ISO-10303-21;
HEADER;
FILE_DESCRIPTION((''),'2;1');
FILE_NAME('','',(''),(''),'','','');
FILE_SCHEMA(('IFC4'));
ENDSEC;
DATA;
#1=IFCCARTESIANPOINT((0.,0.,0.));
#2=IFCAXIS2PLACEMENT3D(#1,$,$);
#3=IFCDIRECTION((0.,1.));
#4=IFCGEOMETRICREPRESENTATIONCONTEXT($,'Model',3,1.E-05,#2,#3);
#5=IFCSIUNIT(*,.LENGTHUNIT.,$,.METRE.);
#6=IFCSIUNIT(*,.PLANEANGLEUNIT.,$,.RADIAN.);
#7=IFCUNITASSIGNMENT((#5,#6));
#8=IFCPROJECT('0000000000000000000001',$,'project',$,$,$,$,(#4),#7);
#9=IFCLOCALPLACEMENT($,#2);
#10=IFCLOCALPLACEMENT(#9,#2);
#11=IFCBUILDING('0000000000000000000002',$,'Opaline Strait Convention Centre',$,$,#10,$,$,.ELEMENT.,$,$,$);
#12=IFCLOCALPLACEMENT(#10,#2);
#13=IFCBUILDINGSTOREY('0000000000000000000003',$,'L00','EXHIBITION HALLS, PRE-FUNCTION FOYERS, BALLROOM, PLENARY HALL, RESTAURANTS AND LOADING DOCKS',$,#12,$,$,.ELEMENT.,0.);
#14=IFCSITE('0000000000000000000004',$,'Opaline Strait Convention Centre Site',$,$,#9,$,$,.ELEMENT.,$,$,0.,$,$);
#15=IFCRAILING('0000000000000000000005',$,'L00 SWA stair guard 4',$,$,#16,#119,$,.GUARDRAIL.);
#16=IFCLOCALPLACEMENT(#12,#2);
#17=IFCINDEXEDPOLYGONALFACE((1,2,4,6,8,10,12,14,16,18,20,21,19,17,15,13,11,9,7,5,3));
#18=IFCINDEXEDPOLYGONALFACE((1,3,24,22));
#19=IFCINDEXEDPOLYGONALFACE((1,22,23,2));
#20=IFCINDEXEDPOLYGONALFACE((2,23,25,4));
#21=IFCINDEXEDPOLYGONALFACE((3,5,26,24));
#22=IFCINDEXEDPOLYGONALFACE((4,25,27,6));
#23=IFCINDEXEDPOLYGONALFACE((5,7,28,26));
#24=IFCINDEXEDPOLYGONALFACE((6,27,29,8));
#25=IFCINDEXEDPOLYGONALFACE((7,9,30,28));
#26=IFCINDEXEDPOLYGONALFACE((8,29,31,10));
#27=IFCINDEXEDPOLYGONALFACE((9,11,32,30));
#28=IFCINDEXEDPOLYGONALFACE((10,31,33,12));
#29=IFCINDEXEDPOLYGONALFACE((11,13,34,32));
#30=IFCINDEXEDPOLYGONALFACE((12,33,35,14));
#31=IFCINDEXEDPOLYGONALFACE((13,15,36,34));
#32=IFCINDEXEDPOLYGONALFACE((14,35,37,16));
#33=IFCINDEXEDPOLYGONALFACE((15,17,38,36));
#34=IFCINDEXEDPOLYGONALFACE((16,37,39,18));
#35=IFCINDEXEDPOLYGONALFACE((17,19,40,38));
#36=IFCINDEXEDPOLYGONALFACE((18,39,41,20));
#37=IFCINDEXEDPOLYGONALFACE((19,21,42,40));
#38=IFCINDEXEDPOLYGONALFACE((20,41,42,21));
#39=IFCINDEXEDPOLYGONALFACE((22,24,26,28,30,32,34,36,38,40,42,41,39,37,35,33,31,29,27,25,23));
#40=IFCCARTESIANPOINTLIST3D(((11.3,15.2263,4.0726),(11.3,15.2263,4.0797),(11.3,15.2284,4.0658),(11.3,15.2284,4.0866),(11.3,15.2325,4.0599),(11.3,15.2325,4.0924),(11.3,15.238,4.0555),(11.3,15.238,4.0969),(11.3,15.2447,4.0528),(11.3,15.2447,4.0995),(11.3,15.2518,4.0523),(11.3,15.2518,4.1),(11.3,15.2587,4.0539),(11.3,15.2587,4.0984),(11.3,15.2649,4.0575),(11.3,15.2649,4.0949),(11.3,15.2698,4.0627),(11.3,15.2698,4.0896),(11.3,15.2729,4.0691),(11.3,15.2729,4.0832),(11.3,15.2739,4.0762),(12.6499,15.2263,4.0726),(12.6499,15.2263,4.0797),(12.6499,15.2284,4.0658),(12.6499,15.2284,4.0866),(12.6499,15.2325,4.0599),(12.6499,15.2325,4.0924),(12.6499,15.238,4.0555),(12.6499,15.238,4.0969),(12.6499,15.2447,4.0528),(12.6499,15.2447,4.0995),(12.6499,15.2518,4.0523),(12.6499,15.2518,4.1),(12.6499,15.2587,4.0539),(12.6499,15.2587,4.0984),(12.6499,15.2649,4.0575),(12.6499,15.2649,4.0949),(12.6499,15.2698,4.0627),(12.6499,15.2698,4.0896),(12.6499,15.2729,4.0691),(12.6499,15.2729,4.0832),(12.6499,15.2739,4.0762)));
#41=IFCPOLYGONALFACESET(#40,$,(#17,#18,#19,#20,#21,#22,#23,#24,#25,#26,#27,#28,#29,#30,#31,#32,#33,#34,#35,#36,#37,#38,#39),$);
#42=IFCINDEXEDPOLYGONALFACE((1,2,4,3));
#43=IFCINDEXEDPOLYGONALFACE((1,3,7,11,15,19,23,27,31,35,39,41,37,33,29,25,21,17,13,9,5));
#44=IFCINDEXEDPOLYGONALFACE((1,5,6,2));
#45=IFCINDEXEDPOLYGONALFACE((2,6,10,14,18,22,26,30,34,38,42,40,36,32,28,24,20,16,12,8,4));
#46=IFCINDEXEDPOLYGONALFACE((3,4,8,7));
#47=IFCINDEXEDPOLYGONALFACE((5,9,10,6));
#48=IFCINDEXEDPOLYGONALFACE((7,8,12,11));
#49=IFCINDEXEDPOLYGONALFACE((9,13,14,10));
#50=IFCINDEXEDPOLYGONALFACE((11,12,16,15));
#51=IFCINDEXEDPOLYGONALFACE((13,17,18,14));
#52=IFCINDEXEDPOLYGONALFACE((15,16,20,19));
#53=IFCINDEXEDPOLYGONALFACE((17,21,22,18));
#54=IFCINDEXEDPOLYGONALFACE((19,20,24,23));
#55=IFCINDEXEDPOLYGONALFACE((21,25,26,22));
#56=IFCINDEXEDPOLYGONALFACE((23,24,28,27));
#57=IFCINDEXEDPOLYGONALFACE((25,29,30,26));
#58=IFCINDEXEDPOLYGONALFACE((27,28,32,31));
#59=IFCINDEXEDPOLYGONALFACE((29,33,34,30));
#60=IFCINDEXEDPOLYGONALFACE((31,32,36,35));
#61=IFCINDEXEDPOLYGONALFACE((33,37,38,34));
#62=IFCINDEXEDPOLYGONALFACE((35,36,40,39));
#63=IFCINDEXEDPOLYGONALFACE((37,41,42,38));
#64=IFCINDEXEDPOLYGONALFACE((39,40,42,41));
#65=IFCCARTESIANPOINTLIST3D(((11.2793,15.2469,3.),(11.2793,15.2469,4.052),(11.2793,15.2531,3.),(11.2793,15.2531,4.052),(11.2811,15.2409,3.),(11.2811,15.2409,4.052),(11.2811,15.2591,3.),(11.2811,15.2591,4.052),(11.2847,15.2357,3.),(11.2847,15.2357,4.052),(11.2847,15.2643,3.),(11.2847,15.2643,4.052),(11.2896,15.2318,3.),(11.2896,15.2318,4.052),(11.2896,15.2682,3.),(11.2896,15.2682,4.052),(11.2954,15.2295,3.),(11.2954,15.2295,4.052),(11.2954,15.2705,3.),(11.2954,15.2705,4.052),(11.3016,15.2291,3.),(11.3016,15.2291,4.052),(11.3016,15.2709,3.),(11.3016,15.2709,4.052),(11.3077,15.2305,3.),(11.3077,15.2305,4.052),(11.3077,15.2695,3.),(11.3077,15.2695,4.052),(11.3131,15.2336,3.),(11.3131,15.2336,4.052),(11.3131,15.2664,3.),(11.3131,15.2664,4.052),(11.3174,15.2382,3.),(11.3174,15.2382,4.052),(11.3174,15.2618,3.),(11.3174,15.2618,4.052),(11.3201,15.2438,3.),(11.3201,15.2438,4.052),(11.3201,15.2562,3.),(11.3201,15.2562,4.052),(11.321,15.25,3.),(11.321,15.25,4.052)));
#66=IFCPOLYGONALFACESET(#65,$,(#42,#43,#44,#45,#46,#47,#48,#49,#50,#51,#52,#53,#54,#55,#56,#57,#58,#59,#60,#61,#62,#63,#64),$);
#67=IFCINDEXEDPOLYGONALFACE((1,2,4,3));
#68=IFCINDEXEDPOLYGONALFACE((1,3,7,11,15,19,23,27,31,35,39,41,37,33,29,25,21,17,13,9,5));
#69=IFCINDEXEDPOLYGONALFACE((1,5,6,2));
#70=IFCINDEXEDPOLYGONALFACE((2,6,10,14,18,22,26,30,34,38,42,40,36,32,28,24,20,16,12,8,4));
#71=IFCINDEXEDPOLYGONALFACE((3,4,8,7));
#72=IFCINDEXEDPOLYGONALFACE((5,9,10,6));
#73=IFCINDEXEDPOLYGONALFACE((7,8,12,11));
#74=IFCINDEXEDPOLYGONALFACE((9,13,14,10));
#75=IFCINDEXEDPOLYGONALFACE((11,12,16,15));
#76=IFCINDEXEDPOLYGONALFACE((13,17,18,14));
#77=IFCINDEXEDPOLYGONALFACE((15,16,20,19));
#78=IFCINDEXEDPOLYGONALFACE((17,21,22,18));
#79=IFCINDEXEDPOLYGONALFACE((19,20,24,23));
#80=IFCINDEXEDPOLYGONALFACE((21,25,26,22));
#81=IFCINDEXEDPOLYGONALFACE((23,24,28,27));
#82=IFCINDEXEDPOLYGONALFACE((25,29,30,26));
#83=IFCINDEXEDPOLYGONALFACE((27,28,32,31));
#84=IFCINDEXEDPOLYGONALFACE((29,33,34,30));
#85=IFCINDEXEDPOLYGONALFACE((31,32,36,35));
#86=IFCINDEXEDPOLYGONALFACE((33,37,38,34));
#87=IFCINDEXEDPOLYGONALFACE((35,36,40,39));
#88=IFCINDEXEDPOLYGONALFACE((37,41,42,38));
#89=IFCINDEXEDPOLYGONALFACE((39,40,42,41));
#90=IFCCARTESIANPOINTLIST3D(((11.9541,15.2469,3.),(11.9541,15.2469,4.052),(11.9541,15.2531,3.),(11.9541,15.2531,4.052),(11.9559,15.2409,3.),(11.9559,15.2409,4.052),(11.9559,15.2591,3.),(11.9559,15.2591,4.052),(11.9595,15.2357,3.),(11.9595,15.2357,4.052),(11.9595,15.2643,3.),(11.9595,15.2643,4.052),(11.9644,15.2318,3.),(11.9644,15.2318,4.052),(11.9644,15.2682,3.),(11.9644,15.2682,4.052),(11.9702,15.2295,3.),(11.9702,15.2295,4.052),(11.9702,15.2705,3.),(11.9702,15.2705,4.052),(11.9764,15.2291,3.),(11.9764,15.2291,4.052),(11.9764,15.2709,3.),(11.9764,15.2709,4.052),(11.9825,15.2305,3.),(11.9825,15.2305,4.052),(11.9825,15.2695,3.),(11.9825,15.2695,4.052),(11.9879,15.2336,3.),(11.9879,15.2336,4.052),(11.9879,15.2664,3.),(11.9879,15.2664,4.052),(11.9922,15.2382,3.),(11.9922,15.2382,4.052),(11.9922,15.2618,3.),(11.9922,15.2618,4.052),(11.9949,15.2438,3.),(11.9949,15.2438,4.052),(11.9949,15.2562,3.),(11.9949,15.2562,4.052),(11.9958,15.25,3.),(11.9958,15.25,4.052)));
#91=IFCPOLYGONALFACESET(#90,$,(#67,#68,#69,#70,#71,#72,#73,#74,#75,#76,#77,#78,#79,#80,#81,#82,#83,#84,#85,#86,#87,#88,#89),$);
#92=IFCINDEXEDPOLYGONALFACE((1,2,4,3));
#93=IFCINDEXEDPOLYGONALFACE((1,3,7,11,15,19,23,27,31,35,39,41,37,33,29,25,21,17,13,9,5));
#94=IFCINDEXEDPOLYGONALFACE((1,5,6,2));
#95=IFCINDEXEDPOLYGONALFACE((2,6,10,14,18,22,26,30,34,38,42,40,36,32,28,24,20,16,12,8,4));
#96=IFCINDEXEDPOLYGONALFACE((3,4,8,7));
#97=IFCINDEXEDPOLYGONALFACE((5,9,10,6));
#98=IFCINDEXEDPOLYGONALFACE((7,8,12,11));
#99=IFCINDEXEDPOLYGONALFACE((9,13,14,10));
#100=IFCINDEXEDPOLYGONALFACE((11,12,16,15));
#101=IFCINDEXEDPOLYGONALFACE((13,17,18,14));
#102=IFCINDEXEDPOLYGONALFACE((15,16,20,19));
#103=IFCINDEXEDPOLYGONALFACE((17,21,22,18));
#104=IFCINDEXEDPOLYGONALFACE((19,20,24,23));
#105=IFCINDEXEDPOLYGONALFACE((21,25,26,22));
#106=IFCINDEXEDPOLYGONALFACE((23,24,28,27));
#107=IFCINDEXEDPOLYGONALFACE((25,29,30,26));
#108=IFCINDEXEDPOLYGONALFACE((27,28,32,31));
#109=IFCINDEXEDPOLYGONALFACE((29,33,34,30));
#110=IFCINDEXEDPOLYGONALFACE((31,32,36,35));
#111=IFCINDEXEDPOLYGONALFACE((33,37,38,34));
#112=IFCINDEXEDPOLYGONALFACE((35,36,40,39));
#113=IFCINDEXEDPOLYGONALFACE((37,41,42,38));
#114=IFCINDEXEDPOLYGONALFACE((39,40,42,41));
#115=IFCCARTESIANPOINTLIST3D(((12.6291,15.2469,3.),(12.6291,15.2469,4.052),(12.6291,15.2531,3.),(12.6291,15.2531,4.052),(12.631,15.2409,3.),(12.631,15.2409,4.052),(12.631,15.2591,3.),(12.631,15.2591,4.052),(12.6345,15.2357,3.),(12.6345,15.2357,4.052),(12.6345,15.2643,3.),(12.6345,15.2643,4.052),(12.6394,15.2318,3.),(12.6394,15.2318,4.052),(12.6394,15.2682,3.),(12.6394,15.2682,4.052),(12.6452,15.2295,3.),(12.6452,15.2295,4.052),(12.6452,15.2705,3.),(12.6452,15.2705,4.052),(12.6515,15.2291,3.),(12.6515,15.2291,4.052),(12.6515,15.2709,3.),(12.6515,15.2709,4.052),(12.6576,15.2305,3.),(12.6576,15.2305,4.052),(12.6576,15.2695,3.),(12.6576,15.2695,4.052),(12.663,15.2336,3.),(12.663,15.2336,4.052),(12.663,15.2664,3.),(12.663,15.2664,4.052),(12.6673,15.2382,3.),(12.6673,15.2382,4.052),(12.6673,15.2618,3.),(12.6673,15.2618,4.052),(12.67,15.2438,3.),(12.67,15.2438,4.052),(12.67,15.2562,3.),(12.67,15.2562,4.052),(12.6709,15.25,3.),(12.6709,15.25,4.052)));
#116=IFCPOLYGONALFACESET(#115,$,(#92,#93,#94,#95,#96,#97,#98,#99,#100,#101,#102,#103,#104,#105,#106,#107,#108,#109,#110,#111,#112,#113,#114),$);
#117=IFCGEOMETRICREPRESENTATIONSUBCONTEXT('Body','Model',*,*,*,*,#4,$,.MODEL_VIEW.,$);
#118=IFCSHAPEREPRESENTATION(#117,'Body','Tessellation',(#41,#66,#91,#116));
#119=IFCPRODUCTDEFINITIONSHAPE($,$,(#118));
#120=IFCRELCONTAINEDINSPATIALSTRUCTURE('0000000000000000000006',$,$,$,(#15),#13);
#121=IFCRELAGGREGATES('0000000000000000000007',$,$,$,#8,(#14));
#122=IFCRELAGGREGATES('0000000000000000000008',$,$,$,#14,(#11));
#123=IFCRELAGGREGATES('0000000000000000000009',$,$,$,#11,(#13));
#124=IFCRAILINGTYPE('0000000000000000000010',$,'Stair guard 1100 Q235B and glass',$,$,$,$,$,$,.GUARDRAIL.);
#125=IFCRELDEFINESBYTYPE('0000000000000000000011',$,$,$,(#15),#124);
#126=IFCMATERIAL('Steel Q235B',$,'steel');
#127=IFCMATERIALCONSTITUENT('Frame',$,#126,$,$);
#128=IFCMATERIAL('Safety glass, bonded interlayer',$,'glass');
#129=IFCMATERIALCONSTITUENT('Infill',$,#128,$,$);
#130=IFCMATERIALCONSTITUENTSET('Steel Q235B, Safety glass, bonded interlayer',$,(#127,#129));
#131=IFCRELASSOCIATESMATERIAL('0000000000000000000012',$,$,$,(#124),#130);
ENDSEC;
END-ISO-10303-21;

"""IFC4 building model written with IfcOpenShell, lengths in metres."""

from ifc_helpers import new_model, si_unit, direction, frame, origin, origin_2d, place, context, subcontext, project, spatial, circle, extrude, material, constituent, constituent_set, type_object, element, save


model = new_model("IFC4")

# Units and contexts
model_context = context("Model", 3, precision=1e-05, world=origin(), true_north=direction((0.0, 1.0)))
body_context = subcontext(model_context, "Body", "Model", "MODEL_VIEW")
ifc_project = project(units=[si_unit("LENGTHUNIT", "METRE"), si_unit("PLANEANGLEUNIT", "RADIAN")], contexts=[model_context])

# Site, building, storey
site_placement = place(None, origin())
site = spatial("IfcSite", under=ifc_project, at=site_placement, Name="Opaline Strait Convention Centre Site", CompositionType="ELEMENT", RefElevation=0.0)
building_placement = place(site_placement, origin())
building = spatial("IfcBuilding", under=site, at=building_placement, Name="Opaline Strait Convention Centre", CompositionType="ELEMENT")
storey_placement = place(building_placement, origin())
storey = spatial("IfcBuildingStorey", under=building, at=storey_placement, Name="L00", Description="EXHIBITION HALLS, PRE-FUNCTION FOYERS, BALLROOM, PLENARY HALL, RESTAURANTS AND LOADING DOCKS", CompositionType="ELEMENT", Elevation=0.0)

# Railing
ifc_material_1 = material(Name="Steel Q235B", Category="steel")
ifc_constituent_1 = constituent(ifc_material_1, Name="Frame")
ifc_material_2 = material(Name="Safety glass, bonded interlayer", Category="glass")
ifc_constituent_2 = constituent(ifc_material_2, Name="Infill")
ifc_constituent_set = constituent_set(constituents=[ifc_constituent_1, ifc_constituent_2], Name="Steel Q235B, Safety glass, bonded interlayer")
railing_type_1 = type_object("IfcRailingType", Name="Stair guard 1100 Q235B and glass", PredefinedType="GUARDRAIL", material=ifc_constituent_set)
railing_1_placement = place(storey_placement, frame((11.3, 15.25, 3.0)))
element("IfcRailing", 1, at=railing_1_placement, inside=storey, type_object=railing_type_1, Name="L00 SWA stair guard 4", PredefinedType="GUARDRAIL", context=body_context, shape_type="SweptSolid", body=[
    extrude(circle(Radius=0.0239, at=origin_2d()), frame((0.0, 0.0, 1.0762), z_axis=(1.0, 0.0, 0.0), x_axis=(0.0, 1.0, 0.0)), (0.0, 0.0, 1.0), 1.3499),
    extrude(circle(Radius=0.021, at=origin_2d()), origin(), (0.0, 0.0, 1.0), 1.052),
    extrude(circle(Radius=0.021, at=origin_2d()), frame((0.6748, 0.0, 0.0)), (0.0, 0.0, 1.0), 1.052),
    extrude(circle(Radius=0.021, at=origin_2d()), frame((1.3499, 0.0, 0.0)), (0.0, 0.0, 1.0), 1.052),
])

save(model, "model.ifc")
